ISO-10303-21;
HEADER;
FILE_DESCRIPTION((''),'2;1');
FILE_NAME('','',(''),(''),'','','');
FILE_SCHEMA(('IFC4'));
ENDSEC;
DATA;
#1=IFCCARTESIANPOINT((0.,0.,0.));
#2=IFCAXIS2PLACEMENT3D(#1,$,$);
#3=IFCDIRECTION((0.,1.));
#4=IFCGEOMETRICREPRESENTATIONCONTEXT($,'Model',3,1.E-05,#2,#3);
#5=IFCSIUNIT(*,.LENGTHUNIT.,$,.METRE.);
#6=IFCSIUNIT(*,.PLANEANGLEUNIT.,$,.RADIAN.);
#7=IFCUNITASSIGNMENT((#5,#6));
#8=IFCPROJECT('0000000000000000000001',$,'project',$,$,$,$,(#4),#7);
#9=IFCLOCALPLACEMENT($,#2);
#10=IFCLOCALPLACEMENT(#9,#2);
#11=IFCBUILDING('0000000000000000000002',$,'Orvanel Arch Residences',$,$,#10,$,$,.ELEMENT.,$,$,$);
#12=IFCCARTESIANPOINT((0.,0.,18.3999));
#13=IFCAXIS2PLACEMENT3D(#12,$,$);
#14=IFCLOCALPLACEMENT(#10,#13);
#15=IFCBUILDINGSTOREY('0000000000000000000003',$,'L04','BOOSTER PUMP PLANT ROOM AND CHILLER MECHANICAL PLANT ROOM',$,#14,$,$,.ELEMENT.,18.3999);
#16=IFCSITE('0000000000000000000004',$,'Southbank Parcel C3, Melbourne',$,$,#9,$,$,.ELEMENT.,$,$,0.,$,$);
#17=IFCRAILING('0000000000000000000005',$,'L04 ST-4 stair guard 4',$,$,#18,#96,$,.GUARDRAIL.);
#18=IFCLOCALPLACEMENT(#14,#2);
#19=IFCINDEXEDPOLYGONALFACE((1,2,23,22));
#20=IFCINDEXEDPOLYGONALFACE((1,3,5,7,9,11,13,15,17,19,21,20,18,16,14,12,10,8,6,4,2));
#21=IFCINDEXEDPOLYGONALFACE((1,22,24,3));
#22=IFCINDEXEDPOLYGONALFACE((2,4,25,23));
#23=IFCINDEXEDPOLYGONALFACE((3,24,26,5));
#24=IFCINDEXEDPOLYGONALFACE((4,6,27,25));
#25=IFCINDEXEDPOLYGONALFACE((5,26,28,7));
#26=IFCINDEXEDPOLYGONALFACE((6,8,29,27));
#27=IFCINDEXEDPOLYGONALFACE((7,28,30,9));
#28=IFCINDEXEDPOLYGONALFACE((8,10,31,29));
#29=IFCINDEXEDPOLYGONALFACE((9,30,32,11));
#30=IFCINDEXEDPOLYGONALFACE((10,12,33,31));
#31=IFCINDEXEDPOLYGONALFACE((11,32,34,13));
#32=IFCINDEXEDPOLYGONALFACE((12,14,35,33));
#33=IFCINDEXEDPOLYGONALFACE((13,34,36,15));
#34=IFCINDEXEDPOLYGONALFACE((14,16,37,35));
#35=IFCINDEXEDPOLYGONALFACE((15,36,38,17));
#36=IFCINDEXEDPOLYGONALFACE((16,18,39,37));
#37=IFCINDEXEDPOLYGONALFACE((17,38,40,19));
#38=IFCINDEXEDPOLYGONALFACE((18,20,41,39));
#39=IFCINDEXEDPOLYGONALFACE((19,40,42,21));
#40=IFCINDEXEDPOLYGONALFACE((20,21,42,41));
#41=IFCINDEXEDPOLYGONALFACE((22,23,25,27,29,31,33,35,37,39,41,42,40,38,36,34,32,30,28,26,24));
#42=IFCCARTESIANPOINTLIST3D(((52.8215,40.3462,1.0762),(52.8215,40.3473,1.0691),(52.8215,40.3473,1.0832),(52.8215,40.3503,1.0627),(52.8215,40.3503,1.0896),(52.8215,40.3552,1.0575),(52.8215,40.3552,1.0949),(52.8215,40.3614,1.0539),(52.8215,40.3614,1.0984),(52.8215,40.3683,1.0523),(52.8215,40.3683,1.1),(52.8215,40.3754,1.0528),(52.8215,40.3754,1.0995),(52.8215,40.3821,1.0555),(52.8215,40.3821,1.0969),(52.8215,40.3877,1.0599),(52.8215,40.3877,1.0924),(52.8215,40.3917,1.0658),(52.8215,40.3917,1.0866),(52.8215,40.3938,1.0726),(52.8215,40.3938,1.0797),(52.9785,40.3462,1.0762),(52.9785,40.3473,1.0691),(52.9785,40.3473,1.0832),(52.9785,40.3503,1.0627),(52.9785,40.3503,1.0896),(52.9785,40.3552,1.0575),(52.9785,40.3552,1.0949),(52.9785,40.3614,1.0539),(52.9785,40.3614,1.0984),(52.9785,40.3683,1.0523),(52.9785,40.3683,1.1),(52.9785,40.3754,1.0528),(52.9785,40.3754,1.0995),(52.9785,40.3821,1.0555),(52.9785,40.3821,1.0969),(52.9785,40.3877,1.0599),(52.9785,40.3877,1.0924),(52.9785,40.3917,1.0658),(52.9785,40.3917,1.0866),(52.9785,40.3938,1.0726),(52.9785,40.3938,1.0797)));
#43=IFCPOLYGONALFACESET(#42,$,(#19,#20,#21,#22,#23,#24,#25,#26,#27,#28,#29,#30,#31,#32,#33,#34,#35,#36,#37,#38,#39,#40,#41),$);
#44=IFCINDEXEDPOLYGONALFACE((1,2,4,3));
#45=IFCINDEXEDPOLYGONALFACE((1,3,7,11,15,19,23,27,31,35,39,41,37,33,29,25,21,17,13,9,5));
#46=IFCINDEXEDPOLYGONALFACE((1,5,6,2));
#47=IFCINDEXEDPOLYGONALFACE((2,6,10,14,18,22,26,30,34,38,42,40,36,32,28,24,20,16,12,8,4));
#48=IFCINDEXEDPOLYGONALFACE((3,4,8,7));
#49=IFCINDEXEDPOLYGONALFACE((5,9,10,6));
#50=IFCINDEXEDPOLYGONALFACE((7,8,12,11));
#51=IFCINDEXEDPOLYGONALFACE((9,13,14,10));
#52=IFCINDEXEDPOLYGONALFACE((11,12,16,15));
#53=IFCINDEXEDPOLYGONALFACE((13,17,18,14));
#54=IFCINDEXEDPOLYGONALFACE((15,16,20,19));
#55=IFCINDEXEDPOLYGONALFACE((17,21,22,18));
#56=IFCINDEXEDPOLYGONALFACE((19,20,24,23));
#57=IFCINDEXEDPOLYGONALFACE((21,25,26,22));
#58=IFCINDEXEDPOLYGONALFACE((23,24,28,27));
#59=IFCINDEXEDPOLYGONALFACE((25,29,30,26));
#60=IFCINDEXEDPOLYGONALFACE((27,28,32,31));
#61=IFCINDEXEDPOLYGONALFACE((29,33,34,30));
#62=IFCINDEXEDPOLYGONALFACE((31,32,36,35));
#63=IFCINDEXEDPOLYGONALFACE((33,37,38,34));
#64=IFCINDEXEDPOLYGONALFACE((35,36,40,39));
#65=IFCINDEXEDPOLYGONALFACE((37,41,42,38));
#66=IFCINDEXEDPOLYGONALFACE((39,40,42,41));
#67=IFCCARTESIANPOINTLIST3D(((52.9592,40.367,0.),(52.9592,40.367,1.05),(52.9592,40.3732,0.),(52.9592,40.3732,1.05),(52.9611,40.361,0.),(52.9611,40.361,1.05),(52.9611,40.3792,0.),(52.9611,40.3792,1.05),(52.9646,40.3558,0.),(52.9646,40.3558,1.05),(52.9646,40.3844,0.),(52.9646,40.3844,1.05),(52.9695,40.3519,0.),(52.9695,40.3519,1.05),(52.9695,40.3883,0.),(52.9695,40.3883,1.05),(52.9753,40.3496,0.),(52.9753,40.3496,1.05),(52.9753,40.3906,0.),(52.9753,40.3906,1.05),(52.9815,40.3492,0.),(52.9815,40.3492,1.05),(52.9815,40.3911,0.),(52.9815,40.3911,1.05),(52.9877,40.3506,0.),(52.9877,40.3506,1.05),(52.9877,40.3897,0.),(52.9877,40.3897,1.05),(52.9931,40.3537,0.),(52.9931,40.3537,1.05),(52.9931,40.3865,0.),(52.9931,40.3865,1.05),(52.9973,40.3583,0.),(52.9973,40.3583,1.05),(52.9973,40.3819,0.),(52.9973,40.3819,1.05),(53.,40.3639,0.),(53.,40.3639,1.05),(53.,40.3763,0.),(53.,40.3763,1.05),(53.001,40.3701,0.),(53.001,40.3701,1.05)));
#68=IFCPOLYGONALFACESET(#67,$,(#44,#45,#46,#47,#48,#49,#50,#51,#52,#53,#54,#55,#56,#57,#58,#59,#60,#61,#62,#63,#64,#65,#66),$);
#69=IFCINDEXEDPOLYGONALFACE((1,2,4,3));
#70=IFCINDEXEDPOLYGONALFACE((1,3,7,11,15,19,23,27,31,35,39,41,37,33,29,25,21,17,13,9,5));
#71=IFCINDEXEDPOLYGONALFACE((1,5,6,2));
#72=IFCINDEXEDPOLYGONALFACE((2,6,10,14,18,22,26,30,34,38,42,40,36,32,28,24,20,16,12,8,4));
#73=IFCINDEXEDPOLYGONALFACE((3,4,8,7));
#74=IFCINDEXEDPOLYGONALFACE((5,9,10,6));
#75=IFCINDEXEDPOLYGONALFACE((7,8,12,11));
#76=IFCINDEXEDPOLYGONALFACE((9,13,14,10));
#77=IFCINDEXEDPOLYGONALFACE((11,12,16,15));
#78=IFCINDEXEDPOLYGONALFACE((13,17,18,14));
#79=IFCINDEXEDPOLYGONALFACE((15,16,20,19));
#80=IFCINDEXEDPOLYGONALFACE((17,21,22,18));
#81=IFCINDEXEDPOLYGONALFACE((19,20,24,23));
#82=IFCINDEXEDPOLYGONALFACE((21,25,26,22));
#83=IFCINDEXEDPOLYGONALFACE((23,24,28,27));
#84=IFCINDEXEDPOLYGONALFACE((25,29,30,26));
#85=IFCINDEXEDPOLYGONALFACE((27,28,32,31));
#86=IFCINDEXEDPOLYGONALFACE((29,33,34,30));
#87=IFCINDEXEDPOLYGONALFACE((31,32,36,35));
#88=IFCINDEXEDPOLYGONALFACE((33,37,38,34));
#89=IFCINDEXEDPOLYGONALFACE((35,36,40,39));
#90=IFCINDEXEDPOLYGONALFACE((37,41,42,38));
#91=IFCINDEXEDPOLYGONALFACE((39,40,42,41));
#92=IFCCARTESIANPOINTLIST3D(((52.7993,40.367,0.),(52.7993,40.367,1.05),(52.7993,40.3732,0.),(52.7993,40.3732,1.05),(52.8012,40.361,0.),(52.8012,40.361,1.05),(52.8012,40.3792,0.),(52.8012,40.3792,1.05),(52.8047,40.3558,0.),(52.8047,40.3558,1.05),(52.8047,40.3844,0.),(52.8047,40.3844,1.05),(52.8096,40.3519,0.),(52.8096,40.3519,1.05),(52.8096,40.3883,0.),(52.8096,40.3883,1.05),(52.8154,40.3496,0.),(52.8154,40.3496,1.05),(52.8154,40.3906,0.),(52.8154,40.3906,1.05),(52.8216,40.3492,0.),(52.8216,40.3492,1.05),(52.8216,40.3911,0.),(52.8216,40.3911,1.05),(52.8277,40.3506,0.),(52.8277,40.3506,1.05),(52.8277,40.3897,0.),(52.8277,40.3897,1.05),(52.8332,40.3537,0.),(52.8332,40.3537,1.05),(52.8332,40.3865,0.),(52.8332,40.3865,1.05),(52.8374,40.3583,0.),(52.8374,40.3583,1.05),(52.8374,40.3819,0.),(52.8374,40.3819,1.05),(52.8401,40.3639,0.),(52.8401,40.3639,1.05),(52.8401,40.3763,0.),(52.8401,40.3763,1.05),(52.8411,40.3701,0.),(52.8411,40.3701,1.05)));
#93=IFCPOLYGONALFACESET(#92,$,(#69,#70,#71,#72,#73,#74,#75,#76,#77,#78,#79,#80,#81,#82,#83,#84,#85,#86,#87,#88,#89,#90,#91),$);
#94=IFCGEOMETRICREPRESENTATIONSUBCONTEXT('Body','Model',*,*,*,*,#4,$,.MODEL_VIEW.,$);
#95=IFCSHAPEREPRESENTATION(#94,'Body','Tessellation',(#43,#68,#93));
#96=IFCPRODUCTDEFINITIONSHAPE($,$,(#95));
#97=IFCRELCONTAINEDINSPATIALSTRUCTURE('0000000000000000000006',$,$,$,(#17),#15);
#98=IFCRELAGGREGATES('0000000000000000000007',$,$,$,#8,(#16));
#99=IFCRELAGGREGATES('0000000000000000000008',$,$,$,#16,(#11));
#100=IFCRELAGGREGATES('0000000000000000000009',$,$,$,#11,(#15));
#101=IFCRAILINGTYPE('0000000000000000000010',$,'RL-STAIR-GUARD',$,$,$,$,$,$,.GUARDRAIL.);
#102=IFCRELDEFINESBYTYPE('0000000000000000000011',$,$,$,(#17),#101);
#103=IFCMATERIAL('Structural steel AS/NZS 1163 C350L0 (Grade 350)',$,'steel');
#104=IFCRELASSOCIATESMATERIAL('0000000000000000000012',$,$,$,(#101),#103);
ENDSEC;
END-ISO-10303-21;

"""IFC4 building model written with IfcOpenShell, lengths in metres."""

from ifc_helpers import new_model, si_unit, direction, frame, origin, origin_2d, place, context, subcontext, project, spatial, circle, extrude, material, type_object, element, save


model = new_model("IFC4")

# Units and contexts
model_context = context("Model", 3, precision=1e-05, world=origin(), true_north=direction((0.0, 1.0)))
body_context = subcontext(model_context, "Body", "Model", "MODEL_VIEW")
ifc_project = project(units=[si_unit("LENGTHUNIT", "METRE"), si_unit("PLANEANGLEUNIT", "RADIAN")], contexts=[model_context])

# Site, building, storey
site_placement = place(None, origin())
site = spatial("IfcSite", under=ifc_project, at=site_placement, Name="Southbank Parcel C3, Melbourne", CompositionType="ELEMENT", RefElevation=0.0)
building_placement = place(site_placement, origin())
building = spatial("IfcBuilding", under=site, at=building_placement, Name="Orvanel Arch Residences", CompositionType="ELEMENT")
storey_placement = place(building_placement, frame((0.0, 0.0, 18.3999)))
storey = spatial("IfcBuildingStorey", under=building, at=storey_placement, Name="L04", Description="BOOSTER PUMP PLANT ROOM AND CHILLER MECHANICAL PLANT ROOM", CompositionType="ELEMENT", Elevation=18.3999)

# Railing
ifc_material_1 = material(Name="Structural steel AS/NZS 1163 C350L0 (Grade 350)", Category="steel")
railing_type_1 = type_object("IfcRailingType", Name="RL-STAIR-GUARD", PredefinedType="GUARDRAIL", material=ifc_material_1)
railing_1_placement = place(storey_placement, frame((52.98, 40.3701, 0.0)))
element("IfcRailing", 1, at=railing_1_placement, inside=storey, type_object=railing_type_1, Name="L04 ST-4 stair guard 4", PredefinedType="GUARDRAIL", context=body_context, shape_type="SweptSolid", body=[
    extrude(circle(Radius=0.0239, at=origin_2d()), frame((-0.0015, 0.0, 1.0762), z_axis=(-1.0, 0.0, 0.0), x_axis=(0.0, -1.0, 0.0)), (0.0, 0.0, 1.0), 0.157),
    extrude(circle(Radius=0.021, at=origin_2d()), origin(), (0.0, 0.0, 1.0), 1.05),
    extrude(circle(Radius=0.021, at=origin_2d()), frame((-0.1599, 0.0, 0.0)), (0.0, 0.0, 1.0), 1.05),
])

save(model, "model.ifc")
